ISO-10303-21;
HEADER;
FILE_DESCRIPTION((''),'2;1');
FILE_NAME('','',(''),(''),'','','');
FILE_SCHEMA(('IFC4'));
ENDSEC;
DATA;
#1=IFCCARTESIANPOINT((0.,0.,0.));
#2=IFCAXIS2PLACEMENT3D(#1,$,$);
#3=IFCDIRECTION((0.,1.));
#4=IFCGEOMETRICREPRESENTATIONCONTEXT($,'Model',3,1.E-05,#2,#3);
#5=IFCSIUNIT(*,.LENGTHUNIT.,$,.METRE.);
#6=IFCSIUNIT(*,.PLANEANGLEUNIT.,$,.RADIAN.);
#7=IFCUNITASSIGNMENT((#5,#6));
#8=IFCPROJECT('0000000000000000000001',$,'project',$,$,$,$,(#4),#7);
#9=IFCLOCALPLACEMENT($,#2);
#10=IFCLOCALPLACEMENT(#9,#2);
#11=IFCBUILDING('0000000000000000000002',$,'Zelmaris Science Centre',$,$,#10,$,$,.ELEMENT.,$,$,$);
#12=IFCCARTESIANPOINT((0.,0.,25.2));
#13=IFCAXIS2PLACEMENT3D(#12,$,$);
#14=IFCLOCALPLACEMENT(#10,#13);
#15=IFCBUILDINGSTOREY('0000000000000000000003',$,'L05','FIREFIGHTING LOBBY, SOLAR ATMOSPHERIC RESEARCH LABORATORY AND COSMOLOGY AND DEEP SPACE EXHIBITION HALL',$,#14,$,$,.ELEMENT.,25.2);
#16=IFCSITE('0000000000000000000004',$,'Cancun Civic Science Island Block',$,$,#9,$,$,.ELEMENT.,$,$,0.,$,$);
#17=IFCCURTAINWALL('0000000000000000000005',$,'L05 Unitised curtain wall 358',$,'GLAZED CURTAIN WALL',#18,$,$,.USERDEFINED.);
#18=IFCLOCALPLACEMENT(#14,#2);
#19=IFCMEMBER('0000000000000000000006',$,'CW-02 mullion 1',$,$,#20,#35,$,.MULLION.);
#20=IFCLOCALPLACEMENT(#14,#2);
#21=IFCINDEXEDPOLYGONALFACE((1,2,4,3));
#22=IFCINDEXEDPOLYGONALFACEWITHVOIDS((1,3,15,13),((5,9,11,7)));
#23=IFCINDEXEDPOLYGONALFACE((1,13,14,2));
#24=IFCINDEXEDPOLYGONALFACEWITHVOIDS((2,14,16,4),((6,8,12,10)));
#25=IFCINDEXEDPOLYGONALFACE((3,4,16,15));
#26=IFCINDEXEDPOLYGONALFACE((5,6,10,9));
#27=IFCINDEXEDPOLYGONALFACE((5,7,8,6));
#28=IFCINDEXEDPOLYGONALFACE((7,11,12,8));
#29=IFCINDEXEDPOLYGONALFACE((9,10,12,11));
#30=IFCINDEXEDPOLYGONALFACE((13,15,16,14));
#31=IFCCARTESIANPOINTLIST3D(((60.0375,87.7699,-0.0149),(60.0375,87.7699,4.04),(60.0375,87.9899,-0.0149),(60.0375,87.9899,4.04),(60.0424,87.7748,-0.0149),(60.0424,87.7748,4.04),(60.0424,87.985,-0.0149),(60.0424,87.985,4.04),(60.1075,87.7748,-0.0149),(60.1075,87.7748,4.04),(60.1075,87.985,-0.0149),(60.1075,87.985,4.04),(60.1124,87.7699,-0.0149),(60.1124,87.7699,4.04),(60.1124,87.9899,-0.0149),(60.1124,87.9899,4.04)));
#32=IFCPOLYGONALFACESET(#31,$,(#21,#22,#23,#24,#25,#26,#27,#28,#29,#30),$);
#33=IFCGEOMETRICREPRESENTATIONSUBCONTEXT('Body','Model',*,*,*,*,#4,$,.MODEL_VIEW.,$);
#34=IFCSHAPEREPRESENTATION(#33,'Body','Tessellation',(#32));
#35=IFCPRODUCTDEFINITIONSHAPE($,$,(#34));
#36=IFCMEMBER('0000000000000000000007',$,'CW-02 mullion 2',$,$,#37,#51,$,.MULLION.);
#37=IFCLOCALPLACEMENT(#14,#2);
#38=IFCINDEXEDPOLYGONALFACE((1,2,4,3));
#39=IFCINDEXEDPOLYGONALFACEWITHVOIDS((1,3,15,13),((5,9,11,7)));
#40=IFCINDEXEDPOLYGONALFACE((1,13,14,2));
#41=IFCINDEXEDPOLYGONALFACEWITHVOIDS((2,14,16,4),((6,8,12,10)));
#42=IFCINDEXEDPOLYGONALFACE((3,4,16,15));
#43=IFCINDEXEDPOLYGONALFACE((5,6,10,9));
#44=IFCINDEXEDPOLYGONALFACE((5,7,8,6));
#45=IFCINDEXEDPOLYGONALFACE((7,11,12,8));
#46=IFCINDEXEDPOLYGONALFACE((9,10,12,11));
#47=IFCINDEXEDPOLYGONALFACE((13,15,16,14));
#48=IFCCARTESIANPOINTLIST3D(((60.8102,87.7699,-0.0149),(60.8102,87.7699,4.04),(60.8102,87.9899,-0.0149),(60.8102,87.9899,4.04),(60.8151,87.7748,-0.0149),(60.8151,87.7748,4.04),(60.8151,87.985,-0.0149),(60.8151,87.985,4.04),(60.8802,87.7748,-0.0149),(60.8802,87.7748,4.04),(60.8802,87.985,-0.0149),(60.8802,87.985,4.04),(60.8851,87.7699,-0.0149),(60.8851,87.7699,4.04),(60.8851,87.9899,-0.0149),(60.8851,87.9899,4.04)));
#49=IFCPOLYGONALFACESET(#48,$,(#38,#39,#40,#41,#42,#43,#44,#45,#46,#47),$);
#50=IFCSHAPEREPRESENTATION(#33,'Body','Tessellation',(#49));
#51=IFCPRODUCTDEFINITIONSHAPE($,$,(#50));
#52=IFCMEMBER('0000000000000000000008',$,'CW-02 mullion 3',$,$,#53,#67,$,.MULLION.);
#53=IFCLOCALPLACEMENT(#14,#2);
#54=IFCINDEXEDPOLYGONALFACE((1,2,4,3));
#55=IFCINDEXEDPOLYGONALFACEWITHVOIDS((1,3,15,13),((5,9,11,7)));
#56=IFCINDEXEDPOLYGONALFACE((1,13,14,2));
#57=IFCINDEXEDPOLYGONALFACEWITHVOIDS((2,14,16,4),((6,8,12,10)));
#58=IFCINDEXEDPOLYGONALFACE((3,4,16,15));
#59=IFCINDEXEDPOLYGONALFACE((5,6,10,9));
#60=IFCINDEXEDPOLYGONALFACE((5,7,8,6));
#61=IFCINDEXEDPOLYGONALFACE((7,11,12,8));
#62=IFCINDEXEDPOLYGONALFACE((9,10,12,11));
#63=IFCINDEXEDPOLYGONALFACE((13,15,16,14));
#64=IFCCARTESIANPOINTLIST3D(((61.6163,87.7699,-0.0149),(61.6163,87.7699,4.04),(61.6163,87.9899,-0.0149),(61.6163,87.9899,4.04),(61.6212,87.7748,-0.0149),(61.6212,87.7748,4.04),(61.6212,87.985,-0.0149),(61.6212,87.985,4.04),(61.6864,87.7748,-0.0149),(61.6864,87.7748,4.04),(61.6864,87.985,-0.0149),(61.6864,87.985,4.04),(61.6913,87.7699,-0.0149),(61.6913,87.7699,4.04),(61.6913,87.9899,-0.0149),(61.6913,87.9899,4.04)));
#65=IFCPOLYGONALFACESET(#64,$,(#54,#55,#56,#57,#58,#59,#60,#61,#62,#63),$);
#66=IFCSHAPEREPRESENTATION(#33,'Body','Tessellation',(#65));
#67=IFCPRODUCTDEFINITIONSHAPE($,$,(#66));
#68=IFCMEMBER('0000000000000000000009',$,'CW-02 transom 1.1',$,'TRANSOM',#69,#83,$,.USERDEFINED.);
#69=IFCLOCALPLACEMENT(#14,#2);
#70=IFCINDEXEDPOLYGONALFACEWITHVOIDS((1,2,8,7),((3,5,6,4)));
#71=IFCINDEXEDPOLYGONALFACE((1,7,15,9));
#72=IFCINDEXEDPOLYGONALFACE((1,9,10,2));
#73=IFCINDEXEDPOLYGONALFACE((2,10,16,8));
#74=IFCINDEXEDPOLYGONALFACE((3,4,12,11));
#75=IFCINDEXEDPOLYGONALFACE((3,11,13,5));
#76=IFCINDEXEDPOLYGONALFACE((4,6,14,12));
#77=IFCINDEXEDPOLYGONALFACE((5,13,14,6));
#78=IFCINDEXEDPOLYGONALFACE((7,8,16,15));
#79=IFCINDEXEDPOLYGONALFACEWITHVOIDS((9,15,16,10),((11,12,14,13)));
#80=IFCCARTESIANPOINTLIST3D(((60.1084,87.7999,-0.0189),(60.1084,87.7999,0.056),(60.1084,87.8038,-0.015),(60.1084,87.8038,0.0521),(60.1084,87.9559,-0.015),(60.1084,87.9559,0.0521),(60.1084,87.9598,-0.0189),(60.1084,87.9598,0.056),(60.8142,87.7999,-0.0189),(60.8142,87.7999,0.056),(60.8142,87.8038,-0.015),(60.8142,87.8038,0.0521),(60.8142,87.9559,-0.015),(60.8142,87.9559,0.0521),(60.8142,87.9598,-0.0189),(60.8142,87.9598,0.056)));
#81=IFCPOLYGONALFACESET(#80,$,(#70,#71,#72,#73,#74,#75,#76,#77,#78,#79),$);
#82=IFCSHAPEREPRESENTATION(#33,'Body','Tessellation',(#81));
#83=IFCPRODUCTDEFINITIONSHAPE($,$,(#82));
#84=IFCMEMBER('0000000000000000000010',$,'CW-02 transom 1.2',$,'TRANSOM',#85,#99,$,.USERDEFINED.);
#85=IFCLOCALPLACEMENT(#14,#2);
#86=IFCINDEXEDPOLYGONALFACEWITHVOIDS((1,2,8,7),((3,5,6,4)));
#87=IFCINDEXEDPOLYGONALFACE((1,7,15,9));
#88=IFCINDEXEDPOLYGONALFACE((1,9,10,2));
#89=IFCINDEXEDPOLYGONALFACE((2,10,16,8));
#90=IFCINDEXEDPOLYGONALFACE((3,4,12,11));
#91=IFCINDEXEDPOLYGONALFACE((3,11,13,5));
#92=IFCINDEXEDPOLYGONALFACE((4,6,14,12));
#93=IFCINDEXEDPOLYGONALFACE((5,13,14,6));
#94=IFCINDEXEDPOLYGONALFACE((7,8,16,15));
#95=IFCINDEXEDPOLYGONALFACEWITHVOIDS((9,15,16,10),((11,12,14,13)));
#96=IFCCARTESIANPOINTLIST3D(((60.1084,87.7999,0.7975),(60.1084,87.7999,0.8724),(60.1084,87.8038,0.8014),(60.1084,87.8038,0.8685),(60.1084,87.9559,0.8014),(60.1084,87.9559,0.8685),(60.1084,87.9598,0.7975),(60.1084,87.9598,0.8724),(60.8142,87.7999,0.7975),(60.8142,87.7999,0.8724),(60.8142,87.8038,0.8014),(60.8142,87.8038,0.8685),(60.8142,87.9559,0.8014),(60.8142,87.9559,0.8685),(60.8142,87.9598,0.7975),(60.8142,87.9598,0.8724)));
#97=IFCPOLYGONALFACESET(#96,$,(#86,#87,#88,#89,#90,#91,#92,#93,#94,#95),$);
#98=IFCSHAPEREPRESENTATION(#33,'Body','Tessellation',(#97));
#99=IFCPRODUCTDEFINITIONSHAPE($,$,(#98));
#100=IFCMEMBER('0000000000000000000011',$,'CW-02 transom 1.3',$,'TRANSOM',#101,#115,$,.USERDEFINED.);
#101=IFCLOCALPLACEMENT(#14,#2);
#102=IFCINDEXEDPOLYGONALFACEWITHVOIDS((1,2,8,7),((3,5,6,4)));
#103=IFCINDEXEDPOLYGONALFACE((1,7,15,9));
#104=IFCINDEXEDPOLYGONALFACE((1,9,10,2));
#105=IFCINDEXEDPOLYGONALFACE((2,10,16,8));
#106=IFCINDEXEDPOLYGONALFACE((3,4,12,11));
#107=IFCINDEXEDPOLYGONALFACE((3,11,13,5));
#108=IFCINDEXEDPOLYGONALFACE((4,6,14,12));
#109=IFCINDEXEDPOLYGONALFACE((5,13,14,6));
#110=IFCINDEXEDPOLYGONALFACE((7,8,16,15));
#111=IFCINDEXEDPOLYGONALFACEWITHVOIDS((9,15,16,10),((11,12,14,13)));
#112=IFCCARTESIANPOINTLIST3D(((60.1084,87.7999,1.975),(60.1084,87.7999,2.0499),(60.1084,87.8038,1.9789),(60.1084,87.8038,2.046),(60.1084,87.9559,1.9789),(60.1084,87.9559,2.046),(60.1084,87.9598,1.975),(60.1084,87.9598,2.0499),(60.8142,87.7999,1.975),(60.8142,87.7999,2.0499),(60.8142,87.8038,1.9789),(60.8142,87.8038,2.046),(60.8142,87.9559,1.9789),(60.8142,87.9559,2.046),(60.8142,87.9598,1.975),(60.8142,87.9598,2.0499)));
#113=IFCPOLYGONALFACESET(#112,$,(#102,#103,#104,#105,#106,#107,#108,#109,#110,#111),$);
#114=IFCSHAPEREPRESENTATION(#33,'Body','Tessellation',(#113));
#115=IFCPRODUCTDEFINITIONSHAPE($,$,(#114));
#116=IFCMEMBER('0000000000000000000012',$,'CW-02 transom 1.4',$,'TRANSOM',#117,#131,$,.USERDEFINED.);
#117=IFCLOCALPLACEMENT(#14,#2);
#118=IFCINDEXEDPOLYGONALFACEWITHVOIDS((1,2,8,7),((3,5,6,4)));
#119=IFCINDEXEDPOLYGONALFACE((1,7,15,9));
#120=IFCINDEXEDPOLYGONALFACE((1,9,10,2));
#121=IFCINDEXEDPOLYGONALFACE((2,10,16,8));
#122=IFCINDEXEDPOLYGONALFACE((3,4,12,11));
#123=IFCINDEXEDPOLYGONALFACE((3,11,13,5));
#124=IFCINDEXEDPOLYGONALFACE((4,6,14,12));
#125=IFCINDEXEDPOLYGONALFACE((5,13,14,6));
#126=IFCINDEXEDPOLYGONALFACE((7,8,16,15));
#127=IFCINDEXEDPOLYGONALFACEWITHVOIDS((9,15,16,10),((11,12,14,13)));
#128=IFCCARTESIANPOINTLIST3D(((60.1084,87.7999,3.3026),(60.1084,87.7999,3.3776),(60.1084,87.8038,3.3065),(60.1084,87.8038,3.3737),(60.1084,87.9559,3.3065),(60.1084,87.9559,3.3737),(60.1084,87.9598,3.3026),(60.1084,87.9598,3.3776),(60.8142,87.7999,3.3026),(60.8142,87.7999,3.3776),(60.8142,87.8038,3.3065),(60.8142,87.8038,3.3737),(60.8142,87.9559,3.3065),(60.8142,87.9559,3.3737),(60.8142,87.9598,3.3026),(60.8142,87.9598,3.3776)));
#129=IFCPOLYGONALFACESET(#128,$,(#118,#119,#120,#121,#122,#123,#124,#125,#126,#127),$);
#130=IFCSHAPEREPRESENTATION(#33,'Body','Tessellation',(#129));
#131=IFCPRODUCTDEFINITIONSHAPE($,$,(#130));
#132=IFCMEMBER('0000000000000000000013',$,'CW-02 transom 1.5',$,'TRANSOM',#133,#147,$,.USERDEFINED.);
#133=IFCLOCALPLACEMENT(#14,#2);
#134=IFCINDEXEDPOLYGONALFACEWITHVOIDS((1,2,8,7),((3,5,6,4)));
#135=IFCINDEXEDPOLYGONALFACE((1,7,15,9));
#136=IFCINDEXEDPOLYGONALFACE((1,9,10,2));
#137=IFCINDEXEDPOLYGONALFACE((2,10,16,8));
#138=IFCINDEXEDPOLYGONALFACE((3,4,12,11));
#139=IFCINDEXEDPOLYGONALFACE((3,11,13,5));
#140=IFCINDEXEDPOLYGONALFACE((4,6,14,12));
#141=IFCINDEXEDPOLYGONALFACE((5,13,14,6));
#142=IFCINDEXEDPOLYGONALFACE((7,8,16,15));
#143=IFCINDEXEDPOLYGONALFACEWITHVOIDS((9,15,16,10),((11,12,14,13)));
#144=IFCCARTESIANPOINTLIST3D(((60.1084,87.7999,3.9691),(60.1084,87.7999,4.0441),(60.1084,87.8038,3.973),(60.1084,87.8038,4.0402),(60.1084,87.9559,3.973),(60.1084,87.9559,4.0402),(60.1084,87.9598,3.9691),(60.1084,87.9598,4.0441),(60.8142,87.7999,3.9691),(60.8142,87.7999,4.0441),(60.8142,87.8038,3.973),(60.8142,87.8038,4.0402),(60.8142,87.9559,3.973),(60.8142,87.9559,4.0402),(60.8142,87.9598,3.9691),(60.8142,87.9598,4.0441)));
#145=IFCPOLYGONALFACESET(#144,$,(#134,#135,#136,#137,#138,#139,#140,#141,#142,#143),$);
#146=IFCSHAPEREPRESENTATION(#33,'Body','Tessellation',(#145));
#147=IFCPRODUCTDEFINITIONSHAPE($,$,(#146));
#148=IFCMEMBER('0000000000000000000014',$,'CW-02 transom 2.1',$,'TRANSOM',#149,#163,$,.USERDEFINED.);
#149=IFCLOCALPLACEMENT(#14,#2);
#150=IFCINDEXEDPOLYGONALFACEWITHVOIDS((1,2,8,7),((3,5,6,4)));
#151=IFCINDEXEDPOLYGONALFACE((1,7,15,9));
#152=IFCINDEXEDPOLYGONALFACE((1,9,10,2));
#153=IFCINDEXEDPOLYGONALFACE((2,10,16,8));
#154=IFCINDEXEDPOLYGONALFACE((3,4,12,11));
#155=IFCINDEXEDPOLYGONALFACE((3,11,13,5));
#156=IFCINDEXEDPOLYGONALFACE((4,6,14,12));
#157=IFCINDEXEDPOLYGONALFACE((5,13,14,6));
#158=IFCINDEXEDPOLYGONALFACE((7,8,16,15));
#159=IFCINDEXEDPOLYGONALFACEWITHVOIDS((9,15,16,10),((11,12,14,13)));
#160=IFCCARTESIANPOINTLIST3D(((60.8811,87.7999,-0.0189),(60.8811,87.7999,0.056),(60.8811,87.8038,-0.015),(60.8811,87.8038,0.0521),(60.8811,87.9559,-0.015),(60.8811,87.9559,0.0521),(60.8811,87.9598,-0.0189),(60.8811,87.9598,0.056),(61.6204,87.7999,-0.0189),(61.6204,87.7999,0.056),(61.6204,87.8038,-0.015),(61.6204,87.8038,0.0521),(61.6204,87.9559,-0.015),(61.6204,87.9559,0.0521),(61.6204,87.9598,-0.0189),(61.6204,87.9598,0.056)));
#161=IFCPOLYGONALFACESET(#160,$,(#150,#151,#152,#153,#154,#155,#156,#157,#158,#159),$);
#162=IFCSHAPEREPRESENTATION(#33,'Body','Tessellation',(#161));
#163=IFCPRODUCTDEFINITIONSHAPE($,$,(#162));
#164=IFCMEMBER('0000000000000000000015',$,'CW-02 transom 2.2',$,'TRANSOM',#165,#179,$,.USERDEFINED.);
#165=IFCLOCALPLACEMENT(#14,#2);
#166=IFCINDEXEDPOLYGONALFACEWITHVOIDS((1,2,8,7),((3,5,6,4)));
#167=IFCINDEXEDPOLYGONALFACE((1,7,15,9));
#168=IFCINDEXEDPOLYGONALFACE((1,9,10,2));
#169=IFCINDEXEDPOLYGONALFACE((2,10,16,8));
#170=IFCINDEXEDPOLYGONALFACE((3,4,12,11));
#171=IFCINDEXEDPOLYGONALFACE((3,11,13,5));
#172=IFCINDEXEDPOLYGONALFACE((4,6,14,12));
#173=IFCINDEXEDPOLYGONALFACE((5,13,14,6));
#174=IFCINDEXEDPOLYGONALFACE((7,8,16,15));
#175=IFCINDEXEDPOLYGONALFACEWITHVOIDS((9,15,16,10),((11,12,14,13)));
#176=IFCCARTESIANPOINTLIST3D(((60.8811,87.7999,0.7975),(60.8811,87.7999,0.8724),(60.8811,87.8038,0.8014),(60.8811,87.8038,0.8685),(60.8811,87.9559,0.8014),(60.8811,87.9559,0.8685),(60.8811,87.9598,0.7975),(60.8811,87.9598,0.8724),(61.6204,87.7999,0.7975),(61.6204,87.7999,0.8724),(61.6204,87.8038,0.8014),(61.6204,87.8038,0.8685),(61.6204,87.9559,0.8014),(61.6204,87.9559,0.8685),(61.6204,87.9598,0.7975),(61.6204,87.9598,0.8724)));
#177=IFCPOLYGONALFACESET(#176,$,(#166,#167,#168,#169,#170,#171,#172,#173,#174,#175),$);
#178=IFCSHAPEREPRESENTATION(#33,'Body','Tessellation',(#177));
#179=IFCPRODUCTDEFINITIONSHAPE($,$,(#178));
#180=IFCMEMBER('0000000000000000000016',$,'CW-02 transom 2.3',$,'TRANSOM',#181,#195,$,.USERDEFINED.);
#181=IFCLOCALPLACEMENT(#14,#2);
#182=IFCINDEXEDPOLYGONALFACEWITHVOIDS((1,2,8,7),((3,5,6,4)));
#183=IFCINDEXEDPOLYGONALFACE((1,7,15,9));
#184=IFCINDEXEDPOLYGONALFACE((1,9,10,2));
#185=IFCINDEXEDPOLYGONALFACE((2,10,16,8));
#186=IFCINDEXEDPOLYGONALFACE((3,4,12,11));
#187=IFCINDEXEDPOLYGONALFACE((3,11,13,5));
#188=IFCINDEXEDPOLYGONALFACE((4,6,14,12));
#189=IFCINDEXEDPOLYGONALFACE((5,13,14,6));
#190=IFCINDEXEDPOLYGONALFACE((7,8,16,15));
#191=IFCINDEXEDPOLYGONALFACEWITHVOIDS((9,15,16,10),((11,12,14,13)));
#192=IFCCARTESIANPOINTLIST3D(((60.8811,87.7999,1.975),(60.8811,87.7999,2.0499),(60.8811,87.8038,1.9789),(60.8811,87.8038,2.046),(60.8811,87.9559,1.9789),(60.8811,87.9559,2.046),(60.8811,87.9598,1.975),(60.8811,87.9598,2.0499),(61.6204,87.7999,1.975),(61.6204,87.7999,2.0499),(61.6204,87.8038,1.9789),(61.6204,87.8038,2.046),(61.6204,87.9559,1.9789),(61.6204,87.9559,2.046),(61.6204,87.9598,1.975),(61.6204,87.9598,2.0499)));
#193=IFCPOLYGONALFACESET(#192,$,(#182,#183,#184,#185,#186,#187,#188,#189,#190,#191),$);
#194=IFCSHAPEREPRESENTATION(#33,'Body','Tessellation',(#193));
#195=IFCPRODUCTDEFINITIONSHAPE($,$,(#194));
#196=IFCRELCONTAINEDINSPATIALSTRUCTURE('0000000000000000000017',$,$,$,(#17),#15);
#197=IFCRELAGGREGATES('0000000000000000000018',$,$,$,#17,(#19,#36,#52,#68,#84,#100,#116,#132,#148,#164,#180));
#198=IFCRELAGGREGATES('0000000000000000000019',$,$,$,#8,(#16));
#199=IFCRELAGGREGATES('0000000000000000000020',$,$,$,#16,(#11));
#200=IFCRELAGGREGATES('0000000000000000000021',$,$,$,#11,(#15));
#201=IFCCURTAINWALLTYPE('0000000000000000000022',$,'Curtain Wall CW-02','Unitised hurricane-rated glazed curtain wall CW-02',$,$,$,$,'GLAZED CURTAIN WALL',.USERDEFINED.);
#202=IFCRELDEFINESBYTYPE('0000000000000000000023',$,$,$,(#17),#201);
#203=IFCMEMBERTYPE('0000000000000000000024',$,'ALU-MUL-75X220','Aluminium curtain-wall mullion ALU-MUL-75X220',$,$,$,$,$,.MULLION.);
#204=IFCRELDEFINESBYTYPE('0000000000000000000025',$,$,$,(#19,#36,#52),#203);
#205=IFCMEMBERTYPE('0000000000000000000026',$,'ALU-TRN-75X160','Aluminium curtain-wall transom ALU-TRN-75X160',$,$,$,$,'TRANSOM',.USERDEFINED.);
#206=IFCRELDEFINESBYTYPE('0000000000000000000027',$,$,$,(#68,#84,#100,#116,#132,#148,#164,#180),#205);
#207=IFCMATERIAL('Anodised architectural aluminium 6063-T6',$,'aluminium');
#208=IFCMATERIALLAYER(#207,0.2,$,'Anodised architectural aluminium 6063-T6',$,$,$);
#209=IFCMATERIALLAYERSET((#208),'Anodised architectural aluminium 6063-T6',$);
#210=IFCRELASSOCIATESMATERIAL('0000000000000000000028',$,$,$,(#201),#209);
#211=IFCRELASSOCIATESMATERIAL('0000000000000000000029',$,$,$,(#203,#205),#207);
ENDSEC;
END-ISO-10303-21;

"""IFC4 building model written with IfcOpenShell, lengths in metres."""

from ifc_helpers import new_model, si_unit, direction, frame, origin, origin_2d, place, context, subcontext, project, spatial, hollow_rectangle, extrude, material, layer, layer_set, material_profile, profile_set, type_object, element, aggregate, save


model = new_model("IFC4")

# Units and contexts
model_context = context("Model", 3, precision=1e-05, world=origin(), true_north=direction((0.0, 1.0)))
body_context = subcontext(model_context, "Body", "Model", "MODEL_VIEW")
ifc_project = project(units=[si_unit("LENGTHUNIT", "METRE"), si_unit("PLANEANGLEUNIT", "RADIAN")], contexts=[model_context])

# Site, building, storey
site_placement = place(None, origin())
site = spatial("IfcSite", under=ifc_project, at=site_placement, Name="Cancun Civic Science Island Block", CompositionType="ELEMENT", RefElevation=0.0)
building_placement = place(site_placement, origin())
building = spatial("IfcBuilding", under=site, at=building_placement, Name="Zelmaris Science Centre", CompositionType="ELEMENT")
storey_placement = place(building_placement, frame((0.0, 0.0, 25.2)))
storey = spatial("IfcBuildingStorey", under=building, at=storey_placement, Name="L05", Description="FIREFIGHTING LOBBY, SOLAR ATMOSPHERIC RESEARCH LABORATORY AND COSMOLOGY AND DEEP SPACE EXHIBITION HALL", CompositionType="ELEMENT", Elevation=25.2)

# Curtain wall, members
ifc_material_1 = material(Name="Anodised architectural aluminium 6063-T6", Category="aluminium")
ifc_layer_1 = layer(ifc_material_1, 0.2, Name="Anodised architectural aluminium 6063-T6")
ifc_layer_set_1 = layer_set([ifc_layer_1], Name="Anodised architectural aluminium 6063-T6")
curtain_wall_type = type_object("IfcCurtainWallType", Name="Curtain Wall CW-02", Description="Unitised hurricane-rated glazed curtain wall CW-02", ElementType="GLAZED CURTAIN WALL", PredefinedType="USERDEFINED", material=ifc_layer_set_1)
curtain_wall_placement = place(storey_placement, origin())
curtain_wall = element("IfcCurtainWall", 1, at=curtain_wall_placement, inside=storey, type_object=curtain_wall_type, Name="L05 Unitised curtain wall 358", ObjectType="GLAZED CURTAIN WALL", PredefinedType="USERDEFINED")
ifc_material_profile_1 = material_profile(ifc_material_1, hollow_rectangle(XDim=0.075, YDim=0.22, WallThickness=0.0049, at=origin_2d()), Name="ALU-MUL-75X220")
ifc_profile_set_1 = profile_set([ifc_material_profile_1], Name="Anodised architectural aluminium 6063-T6")
member_type_1 = type_object("IfcMemberType", Name="ALU-MUL-75X220", Description="Aluminium curtain-wall mullion ALU-MUL-75X220", PredefinedType="MULLION", material=ifc_profile_set_1)
member_1_placement = place(storey_placement, frame((60.075, 87.8799, -0.0149), z_axis=(0.0, 0.0, 1.0), x_axis=(1.0, -0.000005, 0.0)))
member_1 = element("IfcMember", 2, at=member_1_placement, type_object=member_type_1, Name="CW-02 mullion 1", PredefinedType="MULLION", context=body_context, shape_type="SweptSolid", body=[
    extrude(hollow_rectangle(XDim=0.075, YDim=0.22, WallThickness=0.0049, at=origin_2d()), origin(), (0.0, 0.0, 1.0), 4.0549),
])
member_2_placement = place(storey_placement, frame((60.8477, 87.8799, -0.0149), z_axis=(0.0, 0.0, 1.0), x_axis=(1.0, -0.000005, 0.0)))
member_2 = element("IfcMember", 3, at=member_2_placement, type_object=member_type_1, Name="CW-02 mullion 2", PredefinedType="MULLION", context=body_context, shape_type="SweptSolid", body=[
    extrude(hollow_rectangle(XDim=0.075, YDim=0.22, WallThickness=0.0049, at=origin_2d()), origin(), (0.0, 0.0, 1.0), 4.0549),
])
member_3_placement = place(storey_placement, frame((61.6538, 87.8799, -0.0149), z_axis=(0.0, 0.0, 1.0), x_axis=(1.0, -0.000005, 0.0)))
member_3 = element("IfcMember", 4, at=member_3_placement, type_object=member_type_1, Name="CW-02 mullion 3", PredefinedType="MULLION", context=body_context, shape_type="SweptSolid", body=[
    extrude(hollow_rectangle(XDim=0.075, YDim=0.22, WallThickness=0.0049, at=origin_2d()), origin(), (0.0, 0.0, 1.0), 4.0549),
])
ifc_material_profile_2 = material_profile(ifc_material_1, hollow_rectangle(XDim=0.075, YDim=0.1599, WallThickness=0.0039, at=origin_2d()), Name="ALU-TRN-75X160")
ifc_profile_set_2 = profile_set([ifc_material_profile_2], Name="Anodised architectural aluminium 6063-T6")
member_type_2 = type_object("IfcMemberType", Name="ALU-TRN-75X160", Description="Aluminium curtain-wall transom ALU-TRN-75X160", ElementType="TRANSOM", PredefinedType="USERDEFINED", material=ifc_profile_set_2)
member_4_placement = place(storey_placement, frame((60.1084, 87.8799, 0.0186), z_axis=(1.0, 0.0, 0.0), x_axis=(0.0, 0.0, 1.0)))
member_4 = element("IfcMember", 5, at=member_4_placement, type_object=member_type_2, Name="CW-02 transom 1.1", ObjectType="TRANSOM", PredefinedType="USERDEFINED", context=body_context, shape_type="SweptSolid", body=[
    extrude(hollow_rectangle(XDim=0.075, YDim=0.1599, WallThickness=0.0039, at=origin_2d()), origin(), (0.0, 0.0, 1.0), 0.7058),
])
member_5_placement = place(storey_placement, frame((60.1084, 87.8799, 0.835), z_axis=(1.0, 0.0, 0.0), x_axis=(0.0, 0.0, 1.0)))
member_5 = element("IfcMember", 6, at=member_5_placement, type_object=member_type_2, Name="CW-02 transom 1.2", ObjectType="TRANSOM", PredefinedType="USERDEFINED", context=body_context, shape_type="SweptSolid", body=[
    extrude(hollow_rectangle(XDim=0.075, YDim=0.1599, WallThickness=0.0039, at=origin_2d()), origin(), (0.0, 0.0, 1.0), 0.7058),
])
member_6_placement = place(storey_placement, frame((60.1084, 87.8799, 2.0125), z_axis=(1.0, 0.0, 0.0), x_axis=(0.0, 0.0, 1.0)))
member_6 = element("IfcMember", 7, at=member_6_placement, type_object=member_type_2, Name="CW-02 transom 1.3", ObjectType="TRANSOM", PredefinedType="USERDEFINED", context=body_context, shape_type="SweptSolid", body=[
    extrude(hollow_rectangle(XDim=0.075, YDim=0.1599, WallThickness=0.0039, at=origin_2d()), origin(), (0.0, 0.0, 1.0), 0.7058),
])
member_7_placement = place(storey_placement, frame((60.1084, 87.8799, 3.3401), z_axis=(1.0, 0.0, 0.0), x_axis=(0.0, 0.0, 1.0)))
member_7 = element("IfcMember", 8, at=member_7_placement, type_object=member_type_2, Name="CW-02 transom 1.4", ObjectType="TRANSOM", PredefinedType="USERDEFINED", context=body_context, shape_type="SweptSolid", body=[
    extrude(hollow_rectangle(XDim=0.075, YDim=0.1599, WallThickness=0.0039, at=origin_2d()), origin(), (0.0, 0.0, 1.0), 0.7058),
])
member_8_placement = place(storey_placement, frame((60.1084, 87.8799, 4.0066), z_axis=(1.0, 0.0, 0.0), x_axis=(0.0, 0.0, 1.0)))
member_8 = element("IfcMember", 9, at=member_8_placement, type_object=member_type_2, Name="CW-02 transom 1.5", ObjectType="TRANSOM", PredefinedType="USERDEFINED", context=body_context, shape_type="SweptSolid", body=[
    extrude(hollow_rectangle(XDim=0.075, YDim=0.1599, WallThickness=0.0039, at=origin_2d()), origin(), (0.0, 0.0, 1.0), 0.7058),
])
member_9_placement = place(storey_placement, frame((60.8811, 87.8799, 0.0186), z_axis=(1.0, 0.0, 0.0), x_axis=(0.0, 0.0, 1.0)))
member_9 = element("IfcMember", 10, at=member_9_placement, type_object=member_type_2, Name="CW-02 transom 2.1", ObjectType="TRANSOM", PredefinedType="USERDEFINED", context=body_context, shape_type="SweptSolid", body=[
    extrude(hollow_rectangle(XDim=0.075, YDim=0.1599, WallThickness=0.0039, at=origin_2d()), origin(), (0.0, 0.0, 1.0), 0.7393),
])
member_10_placement = place(storey_placement, frame((60.8811, 87.8799, 0.835), z_axis=(1.0, 0.0, 0.0), x_axis=(0.0, 0.0, 1.0)))
member_10 = element("IfcMember", 11, at=member_10_placement, type_object=member_type_2, Name="CW-02 transom 2.2", ObjectType="TRANSOM", PredefinedType="USERDEFINED", context=body_context, shape_type="SweptSolid", body=[
    extrude(hollow_rectangle(XDim=0.075, YDim=0.1599, WallThickness=0.0039, at=origin_2d()), origin(), (0.0, 0.0, 1.0), 0.7393),
])
member_11_placement = place(storey_placement, frame((60.8811, 87.8799, 2.0125), z_axis=(1.0, 0.0, 0.0), x_axis=(0.0, 0.0, 1.0)))
member_11 = element("IfcMember", 12, at=member_11_placement, type_object=member_type_2, Name="CW-02 transom 2.3", ObjectType="TRANSOM", PredefinedType="USERDEFINED", context=body_context, shape_type="SweptSolid", body=[
    extrude(hollow_rectangle(XDim=0.075, YDim=0.1599, WallThickness=0.0039, at=origin_2d()), origin(), (0.0, 0.0, 1.0), 0.7393),
])
aggregate(curtain_wall, [member_1, member_2, member_3, member_4, member_5, member_6, member_7, member_8, member_9, member_10, member_11])

save(model, "model.ifc")
